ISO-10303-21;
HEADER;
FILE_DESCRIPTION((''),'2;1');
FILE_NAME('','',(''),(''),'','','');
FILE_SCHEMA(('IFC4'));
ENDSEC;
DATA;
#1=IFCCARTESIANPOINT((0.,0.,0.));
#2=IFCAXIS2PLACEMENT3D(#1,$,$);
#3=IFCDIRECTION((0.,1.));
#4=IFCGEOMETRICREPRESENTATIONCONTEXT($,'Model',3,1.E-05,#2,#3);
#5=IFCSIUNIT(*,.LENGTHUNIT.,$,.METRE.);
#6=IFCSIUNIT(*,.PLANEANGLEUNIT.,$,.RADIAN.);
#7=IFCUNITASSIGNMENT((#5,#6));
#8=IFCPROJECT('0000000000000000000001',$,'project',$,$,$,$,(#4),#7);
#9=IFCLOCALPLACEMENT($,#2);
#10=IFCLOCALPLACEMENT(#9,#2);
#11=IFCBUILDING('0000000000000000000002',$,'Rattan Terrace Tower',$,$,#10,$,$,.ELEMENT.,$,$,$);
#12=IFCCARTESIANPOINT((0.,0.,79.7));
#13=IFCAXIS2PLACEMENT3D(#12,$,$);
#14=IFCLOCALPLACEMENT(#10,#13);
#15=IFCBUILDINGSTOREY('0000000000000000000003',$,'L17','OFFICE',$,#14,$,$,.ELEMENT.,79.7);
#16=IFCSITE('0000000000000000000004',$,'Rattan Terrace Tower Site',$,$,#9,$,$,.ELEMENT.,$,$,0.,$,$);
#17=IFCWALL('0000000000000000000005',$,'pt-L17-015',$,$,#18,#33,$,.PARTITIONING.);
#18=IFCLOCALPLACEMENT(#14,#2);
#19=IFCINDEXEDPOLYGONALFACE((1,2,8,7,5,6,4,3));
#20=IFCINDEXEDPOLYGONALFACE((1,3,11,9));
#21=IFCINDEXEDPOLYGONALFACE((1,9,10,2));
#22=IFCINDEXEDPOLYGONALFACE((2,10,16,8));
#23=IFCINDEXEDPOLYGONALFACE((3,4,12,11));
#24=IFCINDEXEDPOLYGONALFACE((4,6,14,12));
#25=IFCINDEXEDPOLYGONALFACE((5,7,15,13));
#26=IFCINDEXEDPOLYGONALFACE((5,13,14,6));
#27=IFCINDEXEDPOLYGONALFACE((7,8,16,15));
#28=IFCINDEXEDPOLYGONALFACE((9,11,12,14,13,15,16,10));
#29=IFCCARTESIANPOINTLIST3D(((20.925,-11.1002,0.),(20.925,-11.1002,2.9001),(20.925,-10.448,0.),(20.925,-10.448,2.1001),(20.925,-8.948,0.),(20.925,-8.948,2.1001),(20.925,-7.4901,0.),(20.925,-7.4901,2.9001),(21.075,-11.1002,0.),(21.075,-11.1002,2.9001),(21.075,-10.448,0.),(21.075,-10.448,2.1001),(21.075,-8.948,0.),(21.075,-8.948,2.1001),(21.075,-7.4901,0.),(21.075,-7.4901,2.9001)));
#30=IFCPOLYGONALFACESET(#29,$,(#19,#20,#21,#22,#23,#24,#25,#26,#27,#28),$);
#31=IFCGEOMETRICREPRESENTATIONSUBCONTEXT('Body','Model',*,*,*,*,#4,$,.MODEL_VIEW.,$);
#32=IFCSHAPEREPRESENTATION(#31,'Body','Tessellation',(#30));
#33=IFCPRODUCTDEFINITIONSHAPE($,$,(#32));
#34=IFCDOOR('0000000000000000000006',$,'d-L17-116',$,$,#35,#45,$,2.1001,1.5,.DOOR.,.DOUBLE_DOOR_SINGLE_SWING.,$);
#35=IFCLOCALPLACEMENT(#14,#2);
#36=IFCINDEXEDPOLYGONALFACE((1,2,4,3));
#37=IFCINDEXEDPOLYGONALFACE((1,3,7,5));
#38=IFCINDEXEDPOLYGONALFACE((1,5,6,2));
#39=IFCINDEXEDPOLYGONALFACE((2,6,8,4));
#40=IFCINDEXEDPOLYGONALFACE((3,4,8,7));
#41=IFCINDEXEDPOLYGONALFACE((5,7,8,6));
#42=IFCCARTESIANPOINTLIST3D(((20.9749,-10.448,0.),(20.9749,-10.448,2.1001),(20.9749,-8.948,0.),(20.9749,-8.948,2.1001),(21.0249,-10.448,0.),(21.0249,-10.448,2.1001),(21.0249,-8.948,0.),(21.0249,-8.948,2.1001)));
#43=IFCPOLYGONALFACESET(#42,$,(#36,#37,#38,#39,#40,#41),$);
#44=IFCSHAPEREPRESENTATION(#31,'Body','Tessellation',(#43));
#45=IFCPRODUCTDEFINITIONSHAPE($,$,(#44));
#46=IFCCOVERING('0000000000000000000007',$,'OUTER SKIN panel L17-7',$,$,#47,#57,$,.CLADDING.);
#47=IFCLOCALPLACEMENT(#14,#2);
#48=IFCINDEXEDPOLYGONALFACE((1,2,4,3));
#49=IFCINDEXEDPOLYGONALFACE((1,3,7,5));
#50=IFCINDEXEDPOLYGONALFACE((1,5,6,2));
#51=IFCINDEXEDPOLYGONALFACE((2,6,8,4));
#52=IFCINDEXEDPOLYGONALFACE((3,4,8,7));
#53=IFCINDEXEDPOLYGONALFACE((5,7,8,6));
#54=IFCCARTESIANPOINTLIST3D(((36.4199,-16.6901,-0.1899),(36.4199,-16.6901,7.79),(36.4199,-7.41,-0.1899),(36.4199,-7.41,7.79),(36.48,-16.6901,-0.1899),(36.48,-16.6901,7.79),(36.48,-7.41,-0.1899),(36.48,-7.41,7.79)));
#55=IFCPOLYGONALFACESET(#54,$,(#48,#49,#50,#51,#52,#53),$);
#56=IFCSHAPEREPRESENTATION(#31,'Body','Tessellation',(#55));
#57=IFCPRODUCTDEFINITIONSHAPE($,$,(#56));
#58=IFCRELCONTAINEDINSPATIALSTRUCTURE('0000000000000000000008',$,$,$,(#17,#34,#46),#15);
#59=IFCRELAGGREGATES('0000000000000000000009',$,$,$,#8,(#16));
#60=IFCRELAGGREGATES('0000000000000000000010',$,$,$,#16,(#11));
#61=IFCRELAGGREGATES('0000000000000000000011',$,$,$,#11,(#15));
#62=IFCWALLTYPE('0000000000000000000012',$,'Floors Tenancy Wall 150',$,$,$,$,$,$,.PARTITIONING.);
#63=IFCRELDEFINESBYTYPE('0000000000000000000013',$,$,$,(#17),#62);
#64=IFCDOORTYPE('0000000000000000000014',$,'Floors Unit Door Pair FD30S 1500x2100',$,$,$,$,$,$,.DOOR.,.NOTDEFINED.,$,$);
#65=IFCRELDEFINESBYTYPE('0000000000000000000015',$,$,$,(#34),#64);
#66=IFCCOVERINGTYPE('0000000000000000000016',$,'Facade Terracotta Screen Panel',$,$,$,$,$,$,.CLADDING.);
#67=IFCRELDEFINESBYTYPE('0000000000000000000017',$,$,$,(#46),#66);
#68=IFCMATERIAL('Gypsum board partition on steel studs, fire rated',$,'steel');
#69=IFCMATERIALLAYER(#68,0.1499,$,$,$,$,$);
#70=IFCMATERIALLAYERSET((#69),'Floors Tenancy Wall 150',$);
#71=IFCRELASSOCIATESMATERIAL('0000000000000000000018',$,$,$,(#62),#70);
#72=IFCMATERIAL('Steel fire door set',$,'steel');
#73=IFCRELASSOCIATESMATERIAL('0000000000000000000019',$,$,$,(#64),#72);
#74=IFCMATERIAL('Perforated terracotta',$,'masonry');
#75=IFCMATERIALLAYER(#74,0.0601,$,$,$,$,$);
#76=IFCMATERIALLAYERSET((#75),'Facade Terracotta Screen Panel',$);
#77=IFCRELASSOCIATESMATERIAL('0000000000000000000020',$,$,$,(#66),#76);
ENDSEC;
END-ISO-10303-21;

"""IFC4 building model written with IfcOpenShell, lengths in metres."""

from ifc_helpers import new_model, si_unit, direction, frame, frame_2d, origin, origin_2d, place, context, subcontext, project, spatial, rectangle, extrude, material, layer, layer_set, type_object, element, fill, save


model = new_model("IFC4")

# Units and contexts
model_context = context("Model", 3, precision=1e-05, world=origin(), true_north=direction((0.0, 1.0)))
body_context = subcontext(model_context, "Body", "Model", "MODEL_VIEW")
ifc_project = project(units=[si_unit("LENGTHUNIT", "METRE"), si_unit("PLANEANGLEUNIT", "RADIAN")], contexts=[model_context])

# Site, building, storey
site_placement = place(None, origin())
site = spatial("IfcSite", under=ifc_project, at=site_placement, Name="Rattan Terrace Tower Site", CompositionType="ELEMENT", RefElevation=0.0)
building_placement = place(site_placement, origin())
building = spatial("IfcBuilding", under=site, at=building_placement, Name="Rattan Terrace Tower", CompositionType="ELEMENT")
storey_placement = place(building_placement, frame((0.0, 0.0, 79.7)))
storey = spatial("IfcBuildingStorey", under=building, at=storey_placement, Name="L17", Description="OFFICE", CompositionType="ELEMENT", Elevation=79.7)

# Shared definitions
ifc_material_1 = material(Name="Gypsum board partition on steel studs, fire rated", Category="steel")
ifc_layer_1 = layer(ifc_material_1, 0.1499)
ifc_layer_set_1 = layer_set([ifc_layer_1], Name="Floors Tenancy Wall 150")
wall_type_1 = type_object("IfcWallType", Name="Floors Tenancy Wall 150", PredefinedType="PARTITIONING", material=ifc_layer_set_1)

# Wall, opening, door
wall_1_placement = place(storey_placement, frame((21.0, -7.49, 0.0), z_axis=(0.0, 0.0, 1.0), x_axis=(0.0, -1.0, 0.0)))
wall_1 = element("IfcWall", 1, at=wall_1_placement, inside=storey, type_object=wall_type_1, Name="pt-L17-015", PredefinedType="PARTITIONING", context=body_context, shape_type="SweptSolid", body=[
    extrude(rectangle(XDim=3.6101, YDim=0.1499, at=frame_2d((1.8052, 0.0))), origin(), (0.0, 0.0, 1.0), 2.9001),
])
opening_1_placement = place(wall_1_placement, frame((1.458, 0.0, 0.0)))
opening_1 = element("IfcOpeningElement", 2, at=opening_1_placement, cuts=wall_1, PredefinedType="OPENING", context=body_context, shape_type="SweptSolid", body=[
    extrude(rectangle(XDim=1.5, YDim=2.1001, at=frame_2d((0.75, 1.05))), frame((0.0, 0.0854, 0.0), z_axis=(0.0, -1.0, 0.0), x_axis=(1.0, 0.0, 0.0)), (0.0, 0.0, 1.0), 0.1709),
])
ifc_material_2 = material(Name="Steel fire door set", Category="steel")
door_type_1 = type_object("IfcDoorType", Name="Floors Unit Door Pair FD30S 1500x2100", OperationType="NOTDEFINED", PredefinedType="DOOR", material=ifc_material_2)
door_1_placement = place(opening_1_placement, origin())
door_1 = element("IfcDoor", 3, at=door_1_placement, inside=storey, type_object=door_type_1, Name="d-L17-116", OperationType="DOUBLE_DOOR_SINGLE_SWING", OverallHeight=2.1001, OverallWidth=1.5, PredefinedType="DOOR", context=body_context, shape_type="SweptSolid", body=[
    extrude(rectangle(XDim=1.5, YDim=2.1001, at=frame_2d((0.75, 1.05))), frame((0.0, 0.0249, 0.0), z_axis=(0.0, -1.0, 0.0), x_axis=(1.0, 0.0, 0.0)), (0.0, 0.0, 1.0), 0.05),
])
fill(opening_1, door_1)

# Covering
ifc_material_3 = material(Name="Perforated terracotta", Category="masonry")
ifc_layer_2 = layer(ifc_material_3, 0.0601)
ifc_layer_set_2 = layer_set([ifc_layer_2], Name="Facade Terracotta Screen Panel")
covering_type = type_object("IfcCoveringType", Name="Facade Terracotta Screen Panel", PredefinedType="CLADDING", material=ifc_layer_set_2)
covering_placement = place(storey_placement, frame((36.45, -12.05, -0.1899), z_axis=(0.0, 0.0, 1.0), x_axis=(0.0, 1.0, 0.0)))
element("IfcCovering", 4, at=covering_placement, inside=storey, type_object=covering_type, Name="OUTER SKIN panel L17-7", PredefinedType="CLADDING", context=body_context, shape_type="SweptSolid", body=[
    extrude(rectangle(XDim=9.28, YDim=0.0601, at=origin_2d()), origin(), (0.0, 0.0, 1.0), 7.98),
])

save(model, "model.ifc")
